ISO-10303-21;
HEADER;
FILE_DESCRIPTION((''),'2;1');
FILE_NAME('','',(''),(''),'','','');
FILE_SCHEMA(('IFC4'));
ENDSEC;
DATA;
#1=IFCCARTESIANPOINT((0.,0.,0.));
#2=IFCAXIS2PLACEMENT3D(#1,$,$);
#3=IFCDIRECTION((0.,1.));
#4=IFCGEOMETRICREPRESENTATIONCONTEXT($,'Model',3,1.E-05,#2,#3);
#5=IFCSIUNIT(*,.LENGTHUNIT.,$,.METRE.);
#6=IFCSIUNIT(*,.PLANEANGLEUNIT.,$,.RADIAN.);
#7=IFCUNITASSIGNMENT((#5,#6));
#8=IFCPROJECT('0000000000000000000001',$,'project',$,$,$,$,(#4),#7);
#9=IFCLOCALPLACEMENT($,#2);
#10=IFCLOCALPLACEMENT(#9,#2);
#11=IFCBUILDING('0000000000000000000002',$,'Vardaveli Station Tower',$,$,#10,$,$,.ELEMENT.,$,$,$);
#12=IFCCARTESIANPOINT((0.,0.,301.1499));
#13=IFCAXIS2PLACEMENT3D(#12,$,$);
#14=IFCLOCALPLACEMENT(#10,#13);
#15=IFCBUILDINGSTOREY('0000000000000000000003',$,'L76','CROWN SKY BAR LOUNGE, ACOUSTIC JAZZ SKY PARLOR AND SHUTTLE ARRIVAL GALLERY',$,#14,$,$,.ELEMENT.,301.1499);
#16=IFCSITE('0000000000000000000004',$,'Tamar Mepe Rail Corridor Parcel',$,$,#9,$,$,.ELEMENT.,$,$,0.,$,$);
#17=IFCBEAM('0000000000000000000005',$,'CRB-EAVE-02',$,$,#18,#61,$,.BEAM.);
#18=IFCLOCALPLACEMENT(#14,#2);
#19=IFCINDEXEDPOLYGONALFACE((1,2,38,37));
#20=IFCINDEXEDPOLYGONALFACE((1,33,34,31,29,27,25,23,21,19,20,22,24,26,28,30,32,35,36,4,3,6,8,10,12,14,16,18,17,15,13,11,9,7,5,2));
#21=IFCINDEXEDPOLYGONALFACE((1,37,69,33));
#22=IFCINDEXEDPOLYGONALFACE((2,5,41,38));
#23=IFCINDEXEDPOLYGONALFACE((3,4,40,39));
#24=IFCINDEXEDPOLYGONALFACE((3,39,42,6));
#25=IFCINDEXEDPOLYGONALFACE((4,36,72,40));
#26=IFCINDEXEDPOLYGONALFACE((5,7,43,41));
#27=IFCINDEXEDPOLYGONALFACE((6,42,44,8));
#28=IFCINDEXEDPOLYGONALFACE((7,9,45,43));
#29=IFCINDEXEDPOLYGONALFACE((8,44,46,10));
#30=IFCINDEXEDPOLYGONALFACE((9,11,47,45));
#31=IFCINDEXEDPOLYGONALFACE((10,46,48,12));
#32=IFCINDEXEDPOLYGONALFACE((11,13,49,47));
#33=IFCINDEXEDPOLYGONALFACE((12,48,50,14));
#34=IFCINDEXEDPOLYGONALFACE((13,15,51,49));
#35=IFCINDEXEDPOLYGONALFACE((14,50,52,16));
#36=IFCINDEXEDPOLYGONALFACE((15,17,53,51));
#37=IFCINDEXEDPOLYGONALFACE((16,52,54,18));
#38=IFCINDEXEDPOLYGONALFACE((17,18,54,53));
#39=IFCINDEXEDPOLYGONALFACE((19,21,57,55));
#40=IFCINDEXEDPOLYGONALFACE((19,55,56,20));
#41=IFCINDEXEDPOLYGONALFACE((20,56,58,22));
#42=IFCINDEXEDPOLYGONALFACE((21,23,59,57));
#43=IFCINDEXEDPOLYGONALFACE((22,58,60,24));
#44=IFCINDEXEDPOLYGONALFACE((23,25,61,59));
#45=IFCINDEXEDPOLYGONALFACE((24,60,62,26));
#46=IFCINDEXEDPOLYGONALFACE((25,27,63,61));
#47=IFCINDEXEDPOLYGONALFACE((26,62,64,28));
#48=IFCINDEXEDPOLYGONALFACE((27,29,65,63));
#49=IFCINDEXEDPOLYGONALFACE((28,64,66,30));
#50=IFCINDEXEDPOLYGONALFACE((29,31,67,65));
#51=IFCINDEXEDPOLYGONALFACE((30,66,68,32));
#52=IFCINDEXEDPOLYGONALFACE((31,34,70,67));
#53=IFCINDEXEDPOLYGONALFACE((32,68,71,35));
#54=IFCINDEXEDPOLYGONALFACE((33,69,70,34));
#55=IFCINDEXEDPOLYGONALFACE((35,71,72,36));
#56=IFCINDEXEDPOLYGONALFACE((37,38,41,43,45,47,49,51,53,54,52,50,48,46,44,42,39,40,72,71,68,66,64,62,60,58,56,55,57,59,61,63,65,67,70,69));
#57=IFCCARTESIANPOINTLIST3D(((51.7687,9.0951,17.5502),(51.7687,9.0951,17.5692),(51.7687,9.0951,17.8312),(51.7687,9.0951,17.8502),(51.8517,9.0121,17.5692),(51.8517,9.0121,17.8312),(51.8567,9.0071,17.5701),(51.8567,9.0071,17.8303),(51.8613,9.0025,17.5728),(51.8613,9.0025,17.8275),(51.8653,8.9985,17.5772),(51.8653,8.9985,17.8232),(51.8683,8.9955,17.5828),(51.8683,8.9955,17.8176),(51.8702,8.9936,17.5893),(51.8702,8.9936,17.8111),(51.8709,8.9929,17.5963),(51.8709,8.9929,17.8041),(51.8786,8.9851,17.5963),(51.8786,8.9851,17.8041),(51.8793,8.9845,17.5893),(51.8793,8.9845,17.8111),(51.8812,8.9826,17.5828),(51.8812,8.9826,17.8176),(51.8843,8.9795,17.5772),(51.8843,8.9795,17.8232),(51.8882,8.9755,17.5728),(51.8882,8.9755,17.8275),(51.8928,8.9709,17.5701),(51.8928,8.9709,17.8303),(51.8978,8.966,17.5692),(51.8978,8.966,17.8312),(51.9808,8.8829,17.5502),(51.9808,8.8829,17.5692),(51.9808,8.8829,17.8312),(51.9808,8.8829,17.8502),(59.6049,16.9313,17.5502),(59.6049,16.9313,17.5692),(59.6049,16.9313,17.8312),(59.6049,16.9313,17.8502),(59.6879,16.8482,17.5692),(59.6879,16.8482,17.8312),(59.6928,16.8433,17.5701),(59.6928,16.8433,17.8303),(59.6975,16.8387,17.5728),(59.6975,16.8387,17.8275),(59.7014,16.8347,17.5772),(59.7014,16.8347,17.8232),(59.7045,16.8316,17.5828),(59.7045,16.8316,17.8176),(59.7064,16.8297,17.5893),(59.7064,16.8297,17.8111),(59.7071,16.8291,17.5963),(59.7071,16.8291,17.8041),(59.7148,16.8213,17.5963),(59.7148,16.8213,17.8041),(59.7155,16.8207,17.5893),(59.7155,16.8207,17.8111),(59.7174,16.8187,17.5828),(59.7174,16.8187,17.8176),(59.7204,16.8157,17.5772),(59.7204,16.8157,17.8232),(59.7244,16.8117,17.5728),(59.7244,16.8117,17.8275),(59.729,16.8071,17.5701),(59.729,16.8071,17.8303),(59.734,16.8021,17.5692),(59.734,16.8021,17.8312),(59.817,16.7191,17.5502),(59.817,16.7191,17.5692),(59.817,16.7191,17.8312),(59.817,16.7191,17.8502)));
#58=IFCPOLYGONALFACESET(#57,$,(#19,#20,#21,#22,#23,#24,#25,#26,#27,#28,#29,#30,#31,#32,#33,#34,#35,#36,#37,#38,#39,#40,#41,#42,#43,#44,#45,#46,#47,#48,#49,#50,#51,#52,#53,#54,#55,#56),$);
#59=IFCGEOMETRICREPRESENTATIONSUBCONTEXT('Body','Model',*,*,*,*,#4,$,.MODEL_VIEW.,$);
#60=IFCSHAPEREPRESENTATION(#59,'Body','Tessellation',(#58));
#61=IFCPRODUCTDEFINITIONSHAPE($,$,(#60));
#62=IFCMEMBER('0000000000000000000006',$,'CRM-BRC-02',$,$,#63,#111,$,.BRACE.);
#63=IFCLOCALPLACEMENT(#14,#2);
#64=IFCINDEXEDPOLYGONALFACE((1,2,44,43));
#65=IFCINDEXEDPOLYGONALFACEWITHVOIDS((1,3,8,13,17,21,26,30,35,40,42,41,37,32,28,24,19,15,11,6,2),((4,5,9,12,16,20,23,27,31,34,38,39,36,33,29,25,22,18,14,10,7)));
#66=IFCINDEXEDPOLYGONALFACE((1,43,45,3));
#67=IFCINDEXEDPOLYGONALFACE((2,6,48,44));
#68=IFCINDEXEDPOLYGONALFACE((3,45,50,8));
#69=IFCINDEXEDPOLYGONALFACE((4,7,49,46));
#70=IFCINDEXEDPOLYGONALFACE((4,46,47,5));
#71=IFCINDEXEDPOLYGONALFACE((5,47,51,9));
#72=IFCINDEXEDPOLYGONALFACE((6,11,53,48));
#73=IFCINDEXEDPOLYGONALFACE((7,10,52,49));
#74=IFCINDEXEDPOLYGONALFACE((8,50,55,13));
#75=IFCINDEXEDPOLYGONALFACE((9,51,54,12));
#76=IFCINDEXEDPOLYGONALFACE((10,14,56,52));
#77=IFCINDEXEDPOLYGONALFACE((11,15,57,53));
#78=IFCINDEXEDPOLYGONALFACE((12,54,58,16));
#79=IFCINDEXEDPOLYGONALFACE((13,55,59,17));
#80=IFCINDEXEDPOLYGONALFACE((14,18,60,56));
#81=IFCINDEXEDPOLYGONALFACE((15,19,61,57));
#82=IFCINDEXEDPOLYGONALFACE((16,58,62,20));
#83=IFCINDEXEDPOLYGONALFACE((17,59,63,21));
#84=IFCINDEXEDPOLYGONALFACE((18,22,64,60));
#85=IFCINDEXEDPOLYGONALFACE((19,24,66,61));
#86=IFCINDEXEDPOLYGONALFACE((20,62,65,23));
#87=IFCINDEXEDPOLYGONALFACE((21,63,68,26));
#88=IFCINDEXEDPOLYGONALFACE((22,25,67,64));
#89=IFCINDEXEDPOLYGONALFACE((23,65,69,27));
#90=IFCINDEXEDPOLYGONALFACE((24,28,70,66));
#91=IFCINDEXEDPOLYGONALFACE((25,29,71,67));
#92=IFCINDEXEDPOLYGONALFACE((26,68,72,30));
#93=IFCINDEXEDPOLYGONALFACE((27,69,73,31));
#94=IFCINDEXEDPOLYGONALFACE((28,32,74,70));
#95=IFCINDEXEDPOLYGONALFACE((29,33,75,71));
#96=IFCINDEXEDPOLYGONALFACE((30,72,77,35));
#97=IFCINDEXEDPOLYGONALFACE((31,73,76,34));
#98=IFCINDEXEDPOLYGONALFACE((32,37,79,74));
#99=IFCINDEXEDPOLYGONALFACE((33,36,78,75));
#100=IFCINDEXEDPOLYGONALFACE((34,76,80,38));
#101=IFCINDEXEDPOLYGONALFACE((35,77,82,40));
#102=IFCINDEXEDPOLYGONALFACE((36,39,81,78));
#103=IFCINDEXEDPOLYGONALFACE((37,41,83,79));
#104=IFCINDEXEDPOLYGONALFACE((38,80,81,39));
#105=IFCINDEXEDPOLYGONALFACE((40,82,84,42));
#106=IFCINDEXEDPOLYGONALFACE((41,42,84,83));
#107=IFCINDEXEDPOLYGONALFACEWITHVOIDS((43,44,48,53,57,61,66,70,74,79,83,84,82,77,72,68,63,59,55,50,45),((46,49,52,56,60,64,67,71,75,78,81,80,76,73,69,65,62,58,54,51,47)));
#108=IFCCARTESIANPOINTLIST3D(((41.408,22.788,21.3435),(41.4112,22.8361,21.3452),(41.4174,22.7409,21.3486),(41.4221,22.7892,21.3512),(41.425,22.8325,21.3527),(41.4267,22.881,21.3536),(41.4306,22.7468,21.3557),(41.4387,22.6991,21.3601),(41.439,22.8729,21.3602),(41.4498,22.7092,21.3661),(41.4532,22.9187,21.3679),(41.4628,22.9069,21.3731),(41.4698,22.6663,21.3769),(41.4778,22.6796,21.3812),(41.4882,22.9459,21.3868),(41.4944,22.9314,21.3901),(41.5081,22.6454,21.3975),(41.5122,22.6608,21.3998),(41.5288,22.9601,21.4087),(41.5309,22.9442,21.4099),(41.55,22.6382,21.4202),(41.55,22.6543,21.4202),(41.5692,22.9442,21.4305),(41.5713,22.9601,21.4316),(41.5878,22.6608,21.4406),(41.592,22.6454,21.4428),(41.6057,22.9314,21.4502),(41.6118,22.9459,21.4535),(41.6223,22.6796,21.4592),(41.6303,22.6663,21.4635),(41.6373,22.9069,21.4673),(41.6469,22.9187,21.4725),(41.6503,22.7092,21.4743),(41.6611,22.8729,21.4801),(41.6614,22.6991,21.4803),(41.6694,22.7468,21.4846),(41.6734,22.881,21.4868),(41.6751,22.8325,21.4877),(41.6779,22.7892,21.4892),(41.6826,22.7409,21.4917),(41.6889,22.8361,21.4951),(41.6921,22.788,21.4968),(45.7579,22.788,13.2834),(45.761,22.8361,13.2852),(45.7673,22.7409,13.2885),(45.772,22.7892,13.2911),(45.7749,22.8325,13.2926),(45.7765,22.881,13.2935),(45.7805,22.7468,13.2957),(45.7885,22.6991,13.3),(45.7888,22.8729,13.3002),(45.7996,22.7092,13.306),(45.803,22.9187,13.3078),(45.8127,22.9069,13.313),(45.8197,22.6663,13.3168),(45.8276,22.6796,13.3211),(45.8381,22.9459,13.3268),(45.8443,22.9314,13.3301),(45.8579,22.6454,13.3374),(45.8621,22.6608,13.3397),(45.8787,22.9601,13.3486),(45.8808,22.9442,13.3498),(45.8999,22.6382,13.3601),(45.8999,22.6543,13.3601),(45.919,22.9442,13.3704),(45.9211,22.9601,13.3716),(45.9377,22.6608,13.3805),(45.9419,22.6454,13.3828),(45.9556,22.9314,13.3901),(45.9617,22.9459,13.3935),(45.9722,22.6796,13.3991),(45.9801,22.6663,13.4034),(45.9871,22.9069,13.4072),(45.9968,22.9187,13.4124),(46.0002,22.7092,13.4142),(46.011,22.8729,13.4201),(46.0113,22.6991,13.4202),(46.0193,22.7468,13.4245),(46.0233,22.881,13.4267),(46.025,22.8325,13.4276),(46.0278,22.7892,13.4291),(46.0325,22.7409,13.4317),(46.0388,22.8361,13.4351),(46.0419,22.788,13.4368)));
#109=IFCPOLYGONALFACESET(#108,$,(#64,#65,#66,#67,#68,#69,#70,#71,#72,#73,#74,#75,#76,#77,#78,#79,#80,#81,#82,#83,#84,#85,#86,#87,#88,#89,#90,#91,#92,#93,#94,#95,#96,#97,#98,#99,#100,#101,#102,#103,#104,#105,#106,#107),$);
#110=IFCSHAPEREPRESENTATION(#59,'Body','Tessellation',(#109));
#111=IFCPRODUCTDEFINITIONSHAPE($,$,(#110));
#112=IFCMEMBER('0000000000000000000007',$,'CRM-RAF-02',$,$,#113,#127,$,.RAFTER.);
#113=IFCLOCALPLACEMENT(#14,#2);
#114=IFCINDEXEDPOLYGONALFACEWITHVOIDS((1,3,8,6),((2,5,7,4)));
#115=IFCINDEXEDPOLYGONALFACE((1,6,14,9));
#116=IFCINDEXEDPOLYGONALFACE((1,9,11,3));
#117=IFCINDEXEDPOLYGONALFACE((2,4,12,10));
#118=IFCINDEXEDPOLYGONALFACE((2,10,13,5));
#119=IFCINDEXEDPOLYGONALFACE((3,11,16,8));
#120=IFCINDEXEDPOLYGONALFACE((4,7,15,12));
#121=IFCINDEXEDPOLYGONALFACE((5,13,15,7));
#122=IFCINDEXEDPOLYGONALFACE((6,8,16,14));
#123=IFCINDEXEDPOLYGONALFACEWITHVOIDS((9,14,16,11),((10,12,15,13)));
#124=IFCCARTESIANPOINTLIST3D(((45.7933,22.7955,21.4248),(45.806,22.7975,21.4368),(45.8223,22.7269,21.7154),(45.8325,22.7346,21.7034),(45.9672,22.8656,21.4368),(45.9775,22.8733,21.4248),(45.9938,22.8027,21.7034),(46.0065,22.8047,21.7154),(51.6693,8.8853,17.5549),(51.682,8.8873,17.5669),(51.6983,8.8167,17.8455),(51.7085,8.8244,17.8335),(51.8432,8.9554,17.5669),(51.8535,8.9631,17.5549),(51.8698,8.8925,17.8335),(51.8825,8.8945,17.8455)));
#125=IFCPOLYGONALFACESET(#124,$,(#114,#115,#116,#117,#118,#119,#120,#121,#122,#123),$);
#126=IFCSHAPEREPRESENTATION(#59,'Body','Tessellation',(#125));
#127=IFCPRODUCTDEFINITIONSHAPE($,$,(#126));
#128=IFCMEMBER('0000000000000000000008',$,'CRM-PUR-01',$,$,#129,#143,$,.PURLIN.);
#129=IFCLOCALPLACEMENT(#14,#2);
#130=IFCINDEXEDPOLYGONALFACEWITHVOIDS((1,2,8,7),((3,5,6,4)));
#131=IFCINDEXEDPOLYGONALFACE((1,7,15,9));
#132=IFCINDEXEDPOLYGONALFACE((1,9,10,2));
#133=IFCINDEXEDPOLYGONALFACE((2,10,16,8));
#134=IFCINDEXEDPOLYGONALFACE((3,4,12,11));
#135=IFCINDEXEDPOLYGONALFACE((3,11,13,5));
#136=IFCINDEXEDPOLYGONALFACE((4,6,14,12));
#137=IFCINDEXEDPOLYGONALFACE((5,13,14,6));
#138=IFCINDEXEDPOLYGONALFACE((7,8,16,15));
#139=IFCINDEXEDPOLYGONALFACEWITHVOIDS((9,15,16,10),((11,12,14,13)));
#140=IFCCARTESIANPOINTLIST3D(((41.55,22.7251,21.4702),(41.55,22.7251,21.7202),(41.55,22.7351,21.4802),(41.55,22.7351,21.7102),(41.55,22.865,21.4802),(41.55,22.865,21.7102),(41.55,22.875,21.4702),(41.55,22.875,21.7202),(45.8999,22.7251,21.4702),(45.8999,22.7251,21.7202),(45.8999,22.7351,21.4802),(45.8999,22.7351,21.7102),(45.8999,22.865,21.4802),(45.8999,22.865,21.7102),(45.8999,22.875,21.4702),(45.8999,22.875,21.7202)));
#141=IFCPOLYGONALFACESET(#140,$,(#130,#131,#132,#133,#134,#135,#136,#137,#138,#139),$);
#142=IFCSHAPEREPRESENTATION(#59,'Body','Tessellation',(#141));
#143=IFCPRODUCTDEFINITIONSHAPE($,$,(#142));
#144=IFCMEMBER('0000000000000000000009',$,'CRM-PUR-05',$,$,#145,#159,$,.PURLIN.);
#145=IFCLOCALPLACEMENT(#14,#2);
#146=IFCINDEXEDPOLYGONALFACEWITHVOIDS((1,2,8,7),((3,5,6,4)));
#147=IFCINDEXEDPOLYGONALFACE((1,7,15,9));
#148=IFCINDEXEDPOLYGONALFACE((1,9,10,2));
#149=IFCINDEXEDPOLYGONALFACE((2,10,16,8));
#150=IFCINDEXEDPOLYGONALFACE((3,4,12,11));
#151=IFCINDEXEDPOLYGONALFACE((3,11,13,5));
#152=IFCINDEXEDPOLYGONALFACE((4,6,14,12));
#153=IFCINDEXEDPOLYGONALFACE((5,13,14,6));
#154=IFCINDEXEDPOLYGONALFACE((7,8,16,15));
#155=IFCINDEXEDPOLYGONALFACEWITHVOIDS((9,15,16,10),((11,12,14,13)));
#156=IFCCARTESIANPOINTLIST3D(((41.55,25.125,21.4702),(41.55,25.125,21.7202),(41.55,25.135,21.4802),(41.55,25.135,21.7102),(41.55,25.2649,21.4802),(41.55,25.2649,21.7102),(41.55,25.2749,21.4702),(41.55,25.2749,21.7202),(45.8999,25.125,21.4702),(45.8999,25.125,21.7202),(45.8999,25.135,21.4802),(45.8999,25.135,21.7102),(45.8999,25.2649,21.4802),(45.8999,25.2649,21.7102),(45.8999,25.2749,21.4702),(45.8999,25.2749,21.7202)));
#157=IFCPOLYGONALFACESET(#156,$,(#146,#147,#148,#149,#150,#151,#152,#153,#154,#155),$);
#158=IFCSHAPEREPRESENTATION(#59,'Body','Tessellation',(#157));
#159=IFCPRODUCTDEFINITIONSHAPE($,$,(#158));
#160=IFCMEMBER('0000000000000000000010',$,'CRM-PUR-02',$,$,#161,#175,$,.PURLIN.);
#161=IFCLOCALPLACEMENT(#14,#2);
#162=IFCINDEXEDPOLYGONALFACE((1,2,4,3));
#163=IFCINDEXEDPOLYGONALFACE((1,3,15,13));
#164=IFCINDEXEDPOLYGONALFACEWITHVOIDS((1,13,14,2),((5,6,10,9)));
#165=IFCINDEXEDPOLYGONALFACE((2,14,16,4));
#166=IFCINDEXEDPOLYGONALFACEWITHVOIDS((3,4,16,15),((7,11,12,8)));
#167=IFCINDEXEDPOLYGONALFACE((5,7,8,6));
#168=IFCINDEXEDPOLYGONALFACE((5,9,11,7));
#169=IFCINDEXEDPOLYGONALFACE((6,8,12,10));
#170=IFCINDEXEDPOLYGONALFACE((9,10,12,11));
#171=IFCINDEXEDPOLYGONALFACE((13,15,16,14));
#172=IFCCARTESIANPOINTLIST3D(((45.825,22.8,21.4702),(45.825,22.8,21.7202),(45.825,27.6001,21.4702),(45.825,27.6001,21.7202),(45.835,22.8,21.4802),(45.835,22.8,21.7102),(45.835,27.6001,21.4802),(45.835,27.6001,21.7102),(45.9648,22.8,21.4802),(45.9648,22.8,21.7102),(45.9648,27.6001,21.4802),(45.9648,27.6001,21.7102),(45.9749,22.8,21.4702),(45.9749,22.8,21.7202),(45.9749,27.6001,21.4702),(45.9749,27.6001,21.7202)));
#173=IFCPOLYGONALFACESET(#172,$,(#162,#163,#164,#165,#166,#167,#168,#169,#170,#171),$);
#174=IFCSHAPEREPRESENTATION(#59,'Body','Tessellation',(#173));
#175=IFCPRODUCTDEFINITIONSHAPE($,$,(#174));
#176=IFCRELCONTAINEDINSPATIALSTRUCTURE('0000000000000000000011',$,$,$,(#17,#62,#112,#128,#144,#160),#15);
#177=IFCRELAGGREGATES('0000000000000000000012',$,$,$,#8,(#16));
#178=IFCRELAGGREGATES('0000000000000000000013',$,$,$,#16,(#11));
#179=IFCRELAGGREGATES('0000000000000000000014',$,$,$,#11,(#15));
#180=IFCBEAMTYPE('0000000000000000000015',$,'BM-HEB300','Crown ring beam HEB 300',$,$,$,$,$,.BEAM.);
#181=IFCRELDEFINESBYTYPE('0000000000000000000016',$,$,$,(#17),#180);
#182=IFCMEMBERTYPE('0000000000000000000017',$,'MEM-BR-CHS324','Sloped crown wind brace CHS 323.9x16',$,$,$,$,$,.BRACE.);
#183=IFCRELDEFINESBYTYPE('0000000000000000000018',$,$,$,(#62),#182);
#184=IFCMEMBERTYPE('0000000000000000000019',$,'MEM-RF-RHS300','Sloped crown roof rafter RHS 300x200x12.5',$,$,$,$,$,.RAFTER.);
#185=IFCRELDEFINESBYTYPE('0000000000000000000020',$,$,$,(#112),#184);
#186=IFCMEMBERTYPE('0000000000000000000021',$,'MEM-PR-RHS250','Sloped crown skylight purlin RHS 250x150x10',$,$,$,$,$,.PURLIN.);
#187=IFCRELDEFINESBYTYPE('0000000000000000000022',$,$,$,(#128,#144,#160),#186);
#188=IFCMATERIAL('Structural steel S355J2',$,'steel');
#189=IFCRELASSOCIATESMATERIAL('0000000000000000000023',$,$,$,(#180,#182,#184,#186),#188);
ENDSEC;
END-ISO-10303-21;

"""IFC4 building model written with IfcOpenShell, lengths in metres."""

from ifc_helpers import new_model, si_unit, direction, frame, origin, origin_2d, place, context, subcontext, project, spatial, hollow_rectangle, hollow_circle, i_section, extrude, source, transform, mapped, material, material_profile, profile_set, type_object, element, save


model = new_model("IFC4")

# Units and contexts
model_context = context("Model", 3, precision=1e-05, world=origin(), true_north=direction((0.0, 1.0)))
body_context = subcontext(model_context, "Body", "Model", "MODEL_VIEW")
ifc_project = project(units=[si_unit("LENGTHUNIT", "METRE"), si_unit("PLANEANGLEUNIT", "RADIAN")], contexts=[model_context])

# Site, building, storey
site_placement = place(None, origin())
site = spatial("IfcSite", under=ifc_project, at=site_placement, Name="Tamar Mepe Rail Corridor Parcel", CompositionType="ELEMENT", RefElevation=0.0)
building_placement = place(site_placement, origin())
building = spatial("IfcBuilding", under=site, at=building_placement, Name="Vardaveli Station Tower", CompositionType="ELEMENT")
storey_placement = place(building_placement, frame((0.0, 0.0, 301.1499)))
storey = spatial("IfcBuildingStorey", under=building, at=storey_placement, Name="L76", Description="CROWN SKY BAR LOUNGE, ACOUSTIC JAZZ SKY PARLOR AND SHUTTLE ARRIVAL GALLERY", CompositionType="ELEMENT", Elevation=301.1499)

# Beam
ifc_material_1 = material(Name="Structural steel S355J2", Category="steel")
ifc_material_profile_1 = material_profile(ifc_material_1, i_section(OverallWidth=0.3, OverallDepth=0.3, WebThickness=0.011, FlangeThickness=0.019, FilletRadius=0.0271, at=origin_2d()), Name="HEB 300")
ifc_profile_set_1 = profile_set([ifc_material_profile_1], Name="Structural steel S355J2")
beam_type = type_object("IfcBeamType", Name="BM-HEB300", Description="Crown ring beam HEB 300", PredefinedType="BEAM", material=ifc_profile_set_1)
shared_shape_1 = source(origin(), body_context, "Body", "SweptSolid", [
    extrude(i_section(OverallWidth=0.3, OverallDepth=0.3, WebThickness=0.011, FlangeThickness=0.019, FilletRadius=0.0271, at=origin_2d()), origin(), (0.0, 0.0, 1.0), 11.082),
])
beam_placement = place(storey_placement, frame((51.8748, 8.989, 17.7002), z_axis=(0.707107, 0.707107, 0.0), x_axis=(-0.707107, 0.707107, 0.0)))
element("IfcBeam", 1, at=beam_placement, inside=storey, type_object=beam_type, Name="CRB-EAVE-02", PredefinedType="BEAM", context=body_context, shape_type="MappedRepresentation", body=[
    mapped(shared_shape_1, transform((0.0, 0.0, 0.0), scale=1.0)),
])

# Members
ifc_material_profile_2 = material_profile(ifc_material_1, hollow_circle(Radius=0.1619, WallThickness=0.0161, at=origin_2d()), Name="CHS 323.9x16")
ifc_profile_set_2 = profile_set([ifc_material_profile_2], Name="Structural steel S355J2")
member_type_1 = type_object("IfcMemberType", Name="MEM-BR-CHS324", Description="Sloped crown wind brace CHS 323.9x16", PredefinedType="BRACE", material=ifc_profile_set_2)
shared_shape_2 = source(origin(), body_context, "Body", "SweptSolid", [
    extrude(hollow_circle(Radius=0.1619, WallThickness=0.0161, at=origin_2d()), origin(), (0.0, 0.0, 1.0), 9.1589),
])
member_1_placement = place(storey_placement, frame((45.8999, 22.8, 13.3601), z_axis=(-0.474931, 0.0, 0.880023), x_axis=(0.0, -1.0, 0.0)))
element("IfcMember", 2, at=member_1_placement, inside=storey, type_object=member_type_1, Name="CRM-BRC-02", PredefinedType="BRACE", context=body_context, shape_type="MappedRepresentation", body=[
    mapped(shared_shape_2, transform((0.0, 0.0, 0.0), scale=1.0)),
])
ifc_material_profile_3 = material_profile(ifc_material_1, hollow_rectangle(XDim=0.2, YDim=0.3, WallThickness=0.0125, at=origin_2d()), Name="RHS 300x200x12.5")
ifc_profile_set_3 = profile_set([ifc_material_profile_3], Name="Structural steel S355J2")
member_type_2 = type_object("IfcMemberType", Name="MEM-RF-RHS300", Description="Sloped crown roof rafter RHS 300x200x12.5", PredefinedType="RAFTER", material=ifc_profile_set_3)
shared_shape_3 = source(origin(), body_context, "Body", "SweptSolid", [
    extrude(hollow_rectangle(XDim=0.2, YDim=0.3, WallThickness=0.0125, at=origin_2d()), origin(), (0.0, 0.0, 1.0), 15.5884),
])
member_2_placement = place(storey_placement, frame((51.7759, 8.8899, 17.7002), z_axis=(-0.376948, 0.892345, 0.248255), x_axis=(-0.921183, -0.389129, 0.0)))
element("IfcMember", 3, at=member_2_placement, inside=storey, type_object=member_type_2, Name="CRM-RAF-02", PredefinedType="RAFTER", context=body_context, shape_type="MappedRepresentation", body=[
    mapped(shared_shape_3, transform((0.0, 0.0, 0.0), scale=1.0)),
])
ifc_material_profile_4 = material_profile(ifc_material_1, hollow_rectangle(XDim=0.1499, YDim=0.25, WallThickness=0.01, at=origin_2d()), Name="RHS 250x150x10")
ifc_profile_set_4 = profile_set([ifc_material_profile_4], Name="Structural steel S355J2")
member_type_3 = type_object("IfcMemberType", Name="MEM-PR-RHS250", Description="Sloped crown skylight purlin RHS 250x150x10", PredefinedType="PURLIN", material=ifc_profile_set_4)
shared_shape_4 = source(origin(), body_context, "Body", "SweptSolid", [
    extrude(hollow_rectangle(XDim=0.1499, YDim=0.25, WallThickness=0.01, at=origin_2d()), origin(), (0.0, 0.0, 1.0), 4.3499),
])
for number, where, z_axis, x_axis, name in (
    (4, (41.55, 22.8, 21.5952), (1.0, 0.0, 0.0), (0.0, 1.0, 0.0), "CRM-PUR-01"),
    (5, (41.55, 25.2, 21.5952), (1.0, 0.0, 0.0), (0.0, 1.0, 0.0), "CRM-PUR-05"),
):
    element("IfcMember", number, at=place(storey_placement, frame(where, z_axis=z_axis, x_axis=x_axis)), inside=storey, type_object=member_type_3, Name=name, PredefinedType="PURLIN", context=body_context, shape_type="MappedRepresentation", body=[
        mapped(shared_shape_4, transform((0.0, 0.0, 0.0), scale=1.0)),
    ])
shared_shape_5 = source(origin(), body_context, "Body", "SweptSolid", [
    extrude(hollow_rectangle(XDim=0.1499, YDim=0.25, WallThickness=0.01, at=origin_2d()), origin(), (0.0, 0.0, 1.0), 4.8),
])
member_3_placement = place(storey_placement, frame((45.8999, 22.8, 21.5952), z_axis=(0.0, 1.0, 0.0), x_axis=(-1.0, 0.0, 0.0)))
element("IfcMember", 6, at=member_3_placement, inside=storey, type_object=member_type_3, Name="CRM-PUR-02", PredefinedType="PURLIN", context=body_context, shape_type="MappedRepresentation", body=[
    mapped(shared_shape_5, transform((0.0, 0.0, 0.0), scale=1.0)),
])

save(model, "model.ifc")
